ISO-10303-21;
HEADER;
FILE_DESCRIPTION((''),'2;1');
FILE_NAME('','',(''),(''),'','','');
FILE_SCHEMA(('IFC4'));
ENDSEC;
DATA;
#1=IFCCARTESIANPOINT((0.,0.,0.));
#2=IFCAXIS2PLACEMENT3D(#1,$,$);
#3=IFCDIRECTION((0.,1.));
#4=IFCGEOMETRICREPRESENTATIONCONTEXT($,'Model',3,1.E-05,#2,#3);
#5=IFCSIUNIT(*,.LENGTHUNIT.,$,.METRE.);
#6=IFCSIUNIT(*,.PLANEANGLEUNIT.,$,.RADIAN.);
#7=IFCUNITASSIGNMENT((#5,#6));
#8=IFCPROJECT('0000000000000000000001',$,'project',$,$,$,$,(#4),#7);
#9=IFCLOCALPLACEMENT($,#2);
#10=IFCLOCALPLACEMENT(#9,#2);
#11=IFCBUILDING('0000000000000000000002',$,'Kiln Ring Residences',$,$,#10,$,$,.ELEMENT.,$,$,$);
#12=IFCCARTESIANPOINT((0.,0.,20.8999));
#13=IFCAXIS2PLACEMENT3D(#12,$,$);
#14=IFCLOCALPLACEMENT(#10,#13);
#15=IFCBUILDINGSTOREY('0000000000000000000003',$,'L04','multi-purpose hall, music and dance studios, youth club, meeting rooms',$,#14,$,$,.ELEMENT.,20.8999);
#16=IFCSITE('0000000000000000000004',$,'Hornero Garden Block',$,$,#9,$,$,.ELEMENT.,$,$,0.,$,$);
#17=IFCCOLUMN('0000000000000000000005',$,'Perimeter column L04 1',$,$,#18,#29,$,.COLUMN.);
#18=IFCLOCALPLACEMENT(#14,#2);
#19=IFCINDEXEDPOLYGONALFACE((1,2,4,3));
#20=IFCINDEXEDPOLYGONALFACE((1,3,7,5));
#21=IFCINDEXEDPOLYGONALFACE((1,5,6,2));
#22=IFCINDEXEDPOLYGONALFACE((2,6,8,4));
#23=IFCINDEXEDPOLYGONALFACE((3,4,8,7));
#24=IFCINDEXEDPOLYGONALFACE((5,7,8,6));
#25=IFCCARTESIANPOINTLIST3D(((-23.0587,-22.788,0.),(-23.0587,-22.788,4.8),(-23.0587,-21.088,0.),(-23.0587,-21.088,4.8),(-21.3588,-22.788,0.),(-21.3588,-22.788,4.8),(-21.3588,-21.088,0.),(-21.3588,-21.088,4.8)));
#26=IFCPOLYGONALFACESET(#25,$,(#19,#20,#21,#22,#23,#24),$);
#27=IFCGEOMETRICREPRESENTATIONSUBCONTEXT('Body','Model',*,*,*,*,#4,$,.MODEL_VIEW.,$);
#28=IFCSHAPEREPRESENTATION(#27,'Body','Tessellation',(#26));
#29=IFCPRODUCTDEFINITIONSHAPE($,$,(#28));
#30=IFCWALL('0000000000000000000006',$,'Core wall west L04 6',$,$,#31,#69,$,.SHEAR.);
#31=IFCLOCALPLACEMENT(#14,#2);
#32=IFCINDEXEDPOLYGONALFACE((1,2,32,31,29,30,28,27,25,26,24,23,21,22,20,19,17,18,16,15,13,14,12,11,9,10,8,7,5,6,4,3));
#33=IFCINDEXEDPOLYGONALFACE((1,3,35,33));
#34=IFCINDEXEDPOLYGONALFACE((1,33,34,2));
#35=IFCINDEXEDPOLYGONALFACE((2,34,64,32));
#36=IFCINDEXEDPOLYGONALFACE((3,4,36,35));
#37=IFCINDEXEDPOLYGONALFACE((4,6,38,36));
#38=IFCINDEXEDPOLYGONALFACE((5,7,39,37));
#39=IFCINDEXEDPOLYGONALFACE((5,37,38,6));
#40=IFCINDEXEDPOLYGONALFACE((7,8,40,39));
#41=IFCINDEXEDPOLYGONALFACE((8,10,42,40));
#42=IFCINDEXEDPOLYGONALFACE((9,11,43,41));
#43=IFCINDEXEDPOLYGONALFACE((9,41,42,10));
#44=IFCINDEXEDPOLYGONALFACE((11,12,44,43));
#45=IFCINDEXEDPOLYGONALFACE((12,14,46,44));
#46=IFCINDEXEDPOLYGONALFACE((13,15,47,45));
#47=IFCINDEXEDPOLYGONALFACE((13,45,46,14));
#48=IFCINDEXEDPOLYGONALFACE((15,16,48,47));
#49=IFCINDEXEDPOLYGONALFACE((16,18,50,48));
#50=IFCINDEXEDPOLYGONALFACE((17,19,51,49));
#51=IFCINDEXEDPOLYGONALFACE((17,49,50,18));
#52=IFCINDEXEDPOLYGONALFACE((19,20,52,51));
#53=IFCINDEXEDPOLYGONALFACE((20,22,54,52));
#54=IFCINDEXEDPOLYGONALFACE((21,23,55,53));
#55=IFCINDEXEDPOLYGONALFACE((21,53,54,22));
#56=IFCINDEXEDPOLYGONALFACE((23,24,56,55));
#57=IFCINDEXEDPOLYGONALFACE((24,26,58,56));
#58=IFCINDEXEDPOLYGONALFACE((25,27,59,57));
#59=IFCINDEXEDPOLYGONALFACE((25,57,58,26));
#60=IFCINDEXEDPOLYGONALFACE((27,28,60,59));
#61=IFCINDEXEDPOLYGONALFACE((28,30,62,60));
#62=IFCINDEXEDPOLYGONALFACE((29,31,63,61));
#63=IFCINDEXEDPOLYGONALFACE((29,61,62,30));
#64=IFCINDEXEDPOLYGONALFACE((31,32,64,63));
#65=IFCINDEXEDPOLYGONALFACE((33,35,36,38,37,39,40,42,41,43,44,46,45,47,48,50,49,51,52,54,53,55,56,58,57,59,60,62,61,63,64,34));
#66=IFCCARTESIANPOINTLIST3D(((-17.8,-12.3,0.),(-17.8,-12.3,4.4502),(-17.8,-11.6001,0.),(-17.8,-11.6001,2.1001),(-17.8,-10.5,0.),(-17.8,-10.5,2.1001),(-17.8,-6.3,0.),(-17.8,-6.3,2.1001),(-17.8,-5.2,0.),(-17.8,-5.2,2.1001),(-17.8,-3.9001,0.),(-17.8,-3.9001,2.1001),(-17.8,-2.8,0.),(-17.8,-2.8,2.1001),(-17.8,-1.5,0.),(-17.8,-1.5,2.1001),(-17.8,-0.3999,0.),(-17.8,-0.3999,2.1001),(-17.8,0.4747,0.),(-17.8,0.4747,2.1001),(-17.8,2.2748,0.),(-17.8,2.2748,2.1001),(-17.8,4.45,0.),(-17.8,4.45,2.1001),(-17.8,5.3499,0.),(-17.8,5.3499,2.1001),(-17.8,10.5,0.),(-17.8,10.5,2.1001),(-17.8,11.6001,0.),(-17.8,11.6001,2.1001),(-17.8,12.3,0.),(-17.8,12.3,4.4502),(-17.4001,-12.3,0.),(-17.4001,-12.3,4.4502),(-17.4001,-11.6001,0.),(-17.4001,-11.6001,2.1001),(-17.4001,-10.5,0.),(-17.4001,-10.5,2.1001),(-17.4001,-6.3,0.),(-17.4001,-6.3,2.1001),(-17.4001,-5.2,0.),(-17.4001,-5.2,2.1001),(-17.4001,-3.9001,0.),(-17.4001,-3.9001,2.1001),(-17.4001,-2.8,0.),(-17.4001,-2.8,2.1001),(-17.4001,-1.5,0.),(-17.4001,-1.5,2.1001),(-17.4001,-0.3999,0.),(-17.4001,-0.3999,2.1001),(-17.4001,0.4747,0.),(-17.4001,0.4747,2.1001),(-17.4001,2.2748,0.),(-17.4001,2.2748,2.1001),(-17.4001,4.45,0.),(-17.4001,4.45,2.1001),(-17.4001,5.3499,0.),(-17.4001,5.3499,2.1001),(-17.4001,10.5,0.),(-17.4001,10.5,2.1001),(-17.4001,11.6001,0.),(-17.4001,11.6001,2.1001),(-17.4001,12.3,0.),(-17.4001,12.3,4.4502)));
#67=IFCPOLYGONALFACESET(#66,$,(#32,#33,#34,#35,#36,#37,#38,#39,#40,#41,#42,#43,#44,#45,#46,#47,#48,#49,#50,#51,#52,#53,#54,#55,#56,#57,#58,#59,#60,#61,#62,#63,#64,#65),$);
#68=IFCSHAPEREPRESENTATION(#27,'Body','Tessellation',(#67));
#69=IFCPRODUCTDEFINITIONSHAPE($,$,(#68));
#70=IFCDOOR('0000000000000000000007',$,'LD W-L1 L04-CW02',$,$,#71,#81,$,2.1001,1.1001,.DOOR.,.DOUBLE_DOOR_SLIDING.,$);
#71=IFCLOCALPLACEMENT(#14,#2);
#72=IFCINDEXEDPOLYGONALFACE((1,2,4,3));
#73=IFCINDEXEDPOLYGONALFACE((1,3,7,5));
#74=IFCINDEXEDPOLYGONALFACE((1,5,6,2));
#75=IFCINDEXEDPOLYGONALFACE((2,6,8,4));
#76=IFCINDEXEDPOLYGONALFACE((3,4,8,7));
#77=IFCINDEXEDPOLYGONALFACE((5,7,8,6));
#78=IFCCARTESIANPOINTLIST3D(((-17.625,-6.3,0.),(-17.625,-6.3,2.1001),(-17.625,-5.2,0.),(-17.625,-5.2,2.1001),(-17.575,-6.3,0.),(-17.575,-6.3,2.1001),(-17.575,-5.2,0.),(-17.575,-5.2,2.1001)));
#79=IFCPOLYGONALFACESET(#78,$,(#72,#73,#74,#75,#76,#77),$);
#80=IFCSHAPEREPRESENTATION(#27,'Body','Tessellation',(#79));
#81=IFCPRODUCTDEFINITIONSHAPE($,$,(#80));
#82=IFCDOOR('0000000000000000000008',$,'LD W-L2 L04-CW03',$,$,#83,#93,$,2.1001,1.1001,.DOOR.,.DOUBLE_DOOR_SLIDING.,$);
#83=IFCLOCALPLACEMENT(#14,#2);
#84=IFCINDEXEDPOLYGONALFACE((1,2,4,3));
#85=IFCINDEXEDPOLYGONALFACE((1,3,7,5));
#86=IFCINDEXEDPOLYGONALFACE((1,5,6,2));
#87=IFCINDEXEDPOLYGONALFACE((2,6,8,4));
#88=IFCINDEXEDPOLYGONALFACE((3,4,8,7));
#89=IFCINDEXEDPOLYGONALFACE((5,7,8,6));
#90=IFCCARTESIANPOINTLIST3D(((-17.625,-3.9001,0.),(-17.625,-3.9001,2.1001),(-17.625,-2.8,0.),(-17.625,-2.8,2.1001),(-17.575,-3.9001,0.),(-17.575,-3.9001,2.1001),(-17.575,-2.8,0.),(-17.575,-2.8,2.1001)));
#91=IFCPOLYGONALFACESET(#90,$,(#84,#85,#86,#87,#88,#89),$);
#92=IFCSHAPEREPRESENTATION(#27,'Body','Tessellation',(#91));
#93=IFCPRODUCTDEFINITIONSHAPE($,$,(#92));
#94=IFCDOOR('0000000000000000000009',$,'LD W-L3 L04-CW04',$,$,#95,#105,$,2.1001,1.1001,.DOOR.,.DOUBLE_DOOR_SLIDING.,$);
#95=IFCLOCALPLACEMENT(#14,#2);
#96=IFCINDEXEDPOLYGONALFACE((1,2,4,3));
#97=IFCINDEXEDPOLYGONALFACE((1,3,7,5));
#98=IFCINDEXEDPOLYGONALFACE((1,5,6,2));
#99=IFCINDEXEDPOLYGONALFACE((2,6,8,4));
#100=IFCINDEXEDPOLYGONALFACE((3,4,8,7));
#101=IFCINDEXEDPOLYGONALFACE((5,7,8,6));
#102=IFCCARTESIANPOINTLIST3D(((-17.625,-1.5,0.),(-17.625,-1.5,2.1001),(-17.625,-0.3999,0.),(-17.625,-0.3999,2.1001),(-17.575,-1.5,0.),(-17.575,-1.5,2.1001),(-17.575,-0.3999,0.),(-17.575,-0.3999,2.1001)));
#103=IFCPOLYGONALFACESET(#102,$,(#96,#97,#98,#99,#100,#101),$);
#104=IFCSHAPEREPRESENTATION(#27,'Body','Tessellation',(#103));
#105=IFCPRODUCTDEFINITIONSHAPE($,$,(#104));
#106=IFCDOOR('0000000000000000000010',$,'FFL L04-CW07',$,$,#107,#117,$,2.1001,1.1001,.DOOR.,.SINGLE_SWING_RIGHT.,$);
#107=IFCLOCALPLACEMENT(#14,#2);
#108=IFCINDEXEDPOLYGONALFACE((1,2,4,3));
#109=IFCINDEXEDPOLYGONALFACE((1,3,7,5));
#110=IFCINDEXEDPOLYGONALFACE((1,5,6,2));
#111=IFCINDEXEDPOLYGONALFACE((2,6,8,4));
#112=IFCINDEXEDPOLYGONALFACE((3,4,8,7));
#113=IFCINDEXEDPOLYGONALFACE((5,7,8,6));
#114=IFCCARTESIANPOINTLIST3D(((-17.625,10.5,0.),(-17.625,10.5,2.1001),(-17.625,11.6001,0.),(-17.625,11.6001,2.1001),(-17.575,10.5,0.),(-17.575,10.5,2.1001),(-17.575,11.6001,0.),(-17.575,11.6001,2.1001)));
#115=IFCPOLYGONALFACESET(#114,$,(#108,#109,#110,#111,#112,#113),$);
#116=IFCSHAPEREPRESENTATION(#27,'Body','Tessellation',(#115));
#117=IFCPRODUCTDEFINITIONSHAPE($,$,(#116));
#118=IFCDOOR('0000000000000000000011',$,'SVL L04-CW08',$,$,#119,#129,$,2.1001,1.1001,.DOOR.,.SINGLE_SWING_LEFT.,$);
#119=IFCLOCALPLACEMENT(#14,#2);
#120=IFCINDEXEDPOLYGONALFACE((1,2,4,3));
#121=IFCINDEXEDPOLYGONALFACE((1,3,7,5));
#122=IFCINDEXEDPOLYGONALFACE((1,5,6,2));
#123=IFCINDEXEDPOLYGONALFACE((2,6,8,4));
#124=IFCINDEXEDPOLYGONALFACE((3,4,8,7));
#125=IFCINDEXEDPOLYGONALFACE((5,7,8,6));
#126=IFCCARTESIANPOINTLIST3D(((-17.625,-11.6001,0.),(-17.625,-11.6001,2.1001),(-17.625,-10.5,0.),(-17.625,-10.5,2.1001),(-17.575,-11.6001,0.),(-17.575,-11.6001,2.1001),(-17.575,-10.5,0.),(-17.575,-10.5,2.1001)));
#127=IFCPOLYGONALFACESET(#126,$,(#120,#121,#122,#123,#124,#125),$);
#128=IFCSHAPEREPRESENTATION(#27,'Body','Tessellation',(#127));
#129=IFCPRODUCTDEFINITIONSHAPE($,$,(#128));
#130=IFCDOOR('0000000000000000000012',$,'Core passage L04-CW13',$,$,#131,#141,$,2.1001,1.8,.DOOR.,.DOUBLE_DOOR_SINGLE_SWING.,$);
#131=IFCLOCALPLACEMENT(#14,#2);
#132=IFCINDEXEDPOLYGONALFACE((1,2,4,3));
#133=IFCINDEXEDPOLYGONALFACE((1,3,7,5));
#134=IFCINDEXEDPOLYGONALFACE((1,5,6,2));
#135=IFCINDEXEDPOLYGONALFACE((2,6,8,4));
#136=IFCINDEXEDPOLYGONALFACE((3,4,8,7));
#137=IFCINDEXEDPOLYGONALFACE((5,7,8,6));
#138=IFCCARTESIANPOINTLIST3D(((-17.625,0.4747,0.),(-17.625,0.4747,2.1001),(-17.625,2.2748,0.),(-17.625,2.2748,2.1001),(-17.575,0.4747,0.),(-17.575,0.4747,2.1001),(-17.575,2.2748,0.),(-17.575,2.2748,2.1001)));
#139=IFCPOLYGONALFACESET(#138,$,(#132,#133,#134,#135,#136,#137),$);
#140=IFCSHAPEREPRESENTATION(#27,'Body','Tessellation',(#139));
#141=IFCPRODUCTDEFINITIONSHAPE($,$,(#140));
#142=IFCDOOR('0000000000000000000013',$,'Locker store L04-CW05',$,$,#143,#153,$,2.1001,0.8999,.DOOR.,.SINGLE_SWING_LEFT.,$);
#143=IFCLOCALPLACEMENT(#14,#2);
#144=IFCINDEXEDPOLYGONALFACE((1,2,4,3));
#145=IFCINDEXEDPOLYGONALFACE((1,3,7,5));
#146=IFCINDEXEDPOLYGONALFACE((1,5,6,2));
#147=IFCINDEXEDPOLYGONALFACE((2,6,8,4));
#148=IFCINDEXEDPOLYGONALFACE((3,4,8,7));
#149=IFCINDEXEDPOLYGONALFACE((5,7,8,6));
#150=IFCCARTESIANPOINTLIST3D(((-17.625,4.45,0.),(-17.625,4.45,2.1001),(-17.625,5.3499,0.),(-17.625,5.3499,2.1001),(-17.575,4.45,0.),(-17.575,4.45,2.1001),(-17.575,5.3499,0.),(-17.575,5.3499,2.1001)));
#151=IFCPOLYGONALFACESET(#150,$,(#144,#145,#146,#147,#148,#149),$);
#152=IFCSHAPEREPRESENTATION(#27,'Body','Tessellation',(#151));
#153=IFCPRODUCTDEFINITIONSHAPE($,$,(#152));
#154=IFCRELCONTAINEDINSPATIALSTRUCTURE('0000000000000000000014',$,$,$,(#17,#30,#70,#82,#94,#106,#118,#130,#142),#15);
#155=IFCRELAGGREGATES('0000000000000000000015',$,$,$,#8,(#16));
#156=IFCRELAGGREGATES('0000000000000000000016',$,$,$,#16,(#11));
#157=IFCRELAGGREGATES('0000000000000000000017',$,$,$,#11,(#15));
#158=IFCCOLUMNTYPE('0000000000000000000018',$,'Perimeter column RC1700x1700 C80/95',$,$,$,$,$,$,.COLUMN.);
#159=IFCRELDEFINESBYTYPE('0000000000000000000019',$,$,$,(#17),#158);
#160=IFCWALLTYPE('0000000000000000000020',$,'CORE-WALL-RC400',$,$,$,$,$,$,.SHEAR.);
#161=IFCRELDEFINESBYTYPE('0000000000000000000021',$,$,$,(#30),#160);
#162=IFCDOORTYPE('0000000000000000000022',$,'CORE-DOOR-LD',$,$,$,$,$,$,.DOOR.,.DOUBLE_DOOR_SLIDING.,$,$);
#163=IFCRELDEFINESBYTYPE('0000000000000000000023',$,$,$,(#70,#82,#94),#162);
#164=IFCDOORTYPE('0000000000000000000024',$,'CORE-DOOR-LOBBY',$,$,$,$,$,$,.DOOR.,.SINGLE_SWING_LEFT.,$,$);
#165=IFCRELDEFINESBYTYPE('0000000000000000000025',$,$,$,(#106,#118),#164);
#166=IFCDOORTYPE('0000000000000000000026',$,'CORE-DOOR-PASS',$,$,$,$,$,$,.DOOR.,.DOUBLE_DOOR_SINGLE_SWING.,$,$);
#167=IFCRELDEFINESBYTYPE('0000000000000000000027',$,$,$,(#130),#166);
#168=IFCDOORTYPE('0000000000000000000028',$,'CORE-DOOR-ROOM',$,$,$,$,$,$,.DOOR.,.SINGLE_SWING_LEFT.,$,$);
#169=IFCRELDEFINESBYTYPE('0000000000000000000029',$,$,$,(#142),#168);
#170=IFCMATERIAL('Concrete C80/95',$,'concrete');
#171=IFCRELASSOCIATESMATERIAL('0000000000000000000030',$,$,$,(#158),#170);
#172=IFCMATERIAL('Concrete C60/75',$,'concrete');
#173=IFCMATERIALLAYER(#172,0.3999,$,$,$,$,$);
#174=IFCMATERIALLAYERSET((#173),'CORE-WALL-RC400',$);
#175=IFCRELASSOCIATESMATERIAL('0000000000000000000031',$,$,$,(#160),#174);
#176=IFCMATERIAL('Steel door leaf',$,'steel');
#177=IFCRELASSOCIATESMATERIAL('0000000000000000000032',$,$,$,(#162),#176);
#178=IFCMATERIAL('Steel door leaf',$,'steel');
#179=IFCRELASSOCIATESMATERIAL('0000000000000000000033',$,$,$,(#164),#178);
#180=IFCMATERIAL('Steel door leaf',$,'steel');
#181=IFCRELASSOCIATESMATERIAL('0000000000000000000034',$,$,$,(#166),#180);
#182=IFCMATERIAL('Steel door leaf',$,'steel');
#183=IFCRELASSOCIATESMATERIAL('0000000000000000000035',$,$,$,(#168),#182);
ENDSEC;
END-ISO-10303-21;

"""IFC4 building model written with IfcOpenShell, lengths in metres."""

from ifc_helpers import new_model, si_unit, direction, frame, frame_2d, origin, origin_2d, place, context, subcontext, project, spatial, rectangle, extrude, material, layer, layer_set, material_profile, profile_set, type_object, element, fill, save


model = new_model("IFC4")

# Units and contexts
model_context = context("Model", 3, precision=1e-05, world=origin(), true_north=direction((0.0, 1.0)))
body_context = subcontext(model_context, "Body", "Model", "MODEL_VIEW")
ifc_project = project(units=[si_unit("LENGTHUNIT", "METRE"), si_unit("PLANEANGLEUNIT", "RADIAN")], contexts=[model_context])

# Site, building, storey
site_placement = place(None, origin())
site = spatial("IfcSite", under=ifc_project, at=site_placement, Name="Hornero Garden Block", CompositionType="ELEMENT", RefElevation=0.0)
building_placement = place(site_placement, origin())
building = spatial("IfcBuilding", under=site, at=building_placement, Name="Kiln Ring Residences", CompositionType="ELEMENT")
storey_placement = place(building_placement, frame((0.0, 0.0, 20.8999)))
storey = spatial("IfcBuildingStorey", under=building, at=storey_placement, Name="L04", Description="multi-purpose hall, music and dance studios, youth club, meeting rooms", CompositionType="ELEMENT", Elevation=20.8999)

# Column
ifc_material_1 = material(Name="Concrete C80/95", Category="concrete")
ifc_material_profile = material_profile(ifc_material_1, rectangle(XDim=1.7, YDim=1.7, at=origin_2d()), Name="RC1700x1700")
ifc_profile_set = profile_set([ifc_material_profile], Name="Concrete C80/95")
column_type = type_object("IfcColumnType", Name="Perimeter column RC1700x1700 C80/95", PredefinedType="COLUMN", material=ifc_profile_set)
column_placement = place(storey_placement, frame((-22.2087, -21.938, 0.0), z_axis=(0.0, 0.0, 1.0), x_axis=(1.0, 0.0, 0.0)))
element("IfcColumn", 1, at=column_placement, inside=storey, type_object=column_type, Name="Perimeter column L04 1", PredefinedType="COLUMN", context=body_context, shape_type="SweptSolid", body=[
    extrude(rectangle(XDim=1.7, YDim=1.7, at=origin_2d()), origin(), (0.0, 0.0, 1.0), 4.8),
])

# Wall, openings, doors
ifc_material_2 = material(Name="Concrete C60/75", Category="concrete")
ifc_layer_1 = layer(ifc_material_2, 0.3999)
ifc_layer_set_1 = layer_set([ifc_layer_1], Name="CORE-WALL-RC400")
wall_type_1 = type_object("IfcWallType", Name="CORE-WALL-RC400", PredefinedType="SHEAR", material=ifc_layer_set_1)
wall_1_placement = place(storey_placement, frame((-17.6001, -12.3, 0.0), z_axis=(0.0, 0.0, 1.0), x_axis=(0.0, 1.0, 0.0)))
wall_1 = element("IfcWall", 2, at=wall_1_placement, inside=storey, type_object=wall_type_1, Name="Core wall west L04 6", PredefinedType="SHEAR", context=body_context, shape_type="SweptSolid", body=[
    extrude(rectangle(XDim=24.6001, YDim=0.3999, at=frame_2d((12.3, 0.0))), origin(), (0.0, 0.0, 1.0), 4.4502),
])
opening_1_placement = place(wall_1_placement, frame((6.0, 0.0, 0.0)))
opening_1 = element("IfcOpeningElement", 3, at=opening_1_placement, cuts=wall_1, PredefinedType="OPENING", context=body_context, shape_type="SweptSolid", body=[
    extrude(rectangle(XDim=1.1001, YDim=2.1001, at=frame_2d((0.55, 1.05))), frame((0.0, 0.21, 0.0), z_axis=(0.0, -1.0, 0.0), x_axis=(1.0, 0.0, 0.0)), (0.0, 0.0, 1.0), 0.4199),
])
opening_2_placement = place(wall_1_placement, frame((8.3999, 0.0, 0.0)))
opening_2 = element("IfcOpeningElement", 4, at=opening_2_placement, cuts=wall_1, PredefinedType="OPENING", context=body_context, shape_type="SweptSolid", body=[
    extrude(rectangle(XDim=1.1001, YDim=2.1001, at=frame_2d((0.55, 1.05))), frame((0.0, 0.21, 0.0), z_axis=(0.0, -1.0, 0.0), x_axis=(1.0, 0.0, 0.0)), (0.0, 0.0, 1.0), 0.4199),
])
opening_3_placement = place(wall_1_placement, frame((10.8, 0.0, 0.0)))
opening_3 = element("IfcOpeningElement", 5, at=opening_3_placement, cuts=wall_1, PredefinedType="OPENING", context=body_context, shape_type="SweptSolid", body=[
    extrude(rectangle(XDim=1.1001, YDim=2.1001, at=frame_2d((0.55, 1.05))), frame((0.0, 0.21, 0.0), z_axis=(0.0, -1.0, 0.0), x_axis=(1.0, 0.0, 0.0)), (0.0, 0.0, 1.0), 0.4199),
])
opening_4_placement = place(wall_1_placement, frame((16.75, 0.0, 0.0)))
opening_4 = element("IfcOpeningElement", 6, at=opening_4_placement, cuts=wall_1, PredefinedType="OPENING", context=body_context, shape_type="SweptSolid", body=[
    extrude(rectangle(XDim=0.8999, YDim=2.1001, at=frame_2d((0.45, 1.05))), frame((0.0, 0.21, 0.0), z_axis=(0.0, -1.0, 0.0), x_axis=(1.0, 0.0, 0.0)), (0.0, 0.0, 1.0), 0.4199),
])
opening_5_placement = place(wall_1_placement, frame((22.8, 0.0, 0.0)))
opening_5 = element("IfcOpeningElement", 7, at=opening_5_placement, cuts=wall_1, PredefinedType="OPENING", context=body_context, shape_type="SweptSolid", body=[
    extrude(rectangle(XDim=1.1001, YDim=2.1001, at=frame_2d((0.55, 1.05))), frame((0.0, 0.21, 0.0), z_axis=(0.0, -1.0, 0.0), x_axis=(1.0, 0.0, 0.0)), (0.0, 0.0, 1.0), 0.4199),
])
opening_6_placement = place(wall_1_placement, frame((0.7, 0.0, 0.0)))
opening_6 = element("IfcOpeningElement", 8, at=opening_6_placement, cuts=wall_1, PredefinedType="OPENING", context=body_context, shape_type="SweptSolid", body=[
    extrude(rectangle(XDim=1.1001, YDim=2.1001, at=frame_2d((0.55, 1.05))), frame((0.0, 0.21, 0.0), z_axis=(0.0, -1.0, 0.0), x_axis=(1.0, 0.0, 0.0)), (0.0, 0.0, 1.0), 0.4199),
])
opening_7_placement = place(wall_1_placement, frame((12.7749, 0.0, 0.0)))
opening_7 = element("IfcOpeningElement", 9, at=opening_7_placement, cuts=wall_1, PredefinedType="OPENING", context=body_context, shape_type="SweptSolid", body=[
    extrude(rectangle(XDim=1.8, YDim=2.1001, at=frame_2d((0.8999, 1.05))), frame((0.0, 0.21, 0.0), z_axis=(0.0, -1.0, 0.0), x_axis=(1.0, 0.0, 0.0)), (0.0, 0.0, 1.0), 0.4199),
])
ifc_material_3 = material(Name="Steel door leaf", Category="steel")
door_type_1 = type_object("IfcDoorType", Name="CORE-DOOR-LD", OperationType="DOUBLE_DOOR_SLIDING", PredefinedType="DOOR", material=ifc_material_3)
door_1_placement = place(opening_1_placement, origin())
door_1 = element("IfcDoor", 10, at=door_1_placement, inside=storey, type_object=door_type_1, Name="LD W-L1 L04-CW02", OperationType="DOUBLE_DOOR_SLIDING", OverallHeight=2.1001, OverallWidth=1.1001, PredefinedType="DOOR", context=body_context, shape_type="SweptSolid", body=[
    extrude(rectangle(XDim=1.1001, YDim=2.1001, at=frame_2d((0.55, 1.05))), frame((0.0, 0.0249, 0.0), z_axis=(0.0, -1.0, 0.0), x_axis=(1.0, 0.0, 0.0)), (0.0, 0.0, 1.0), 0.05),
])
fill(opening_1, door_1)
door_2_placement = place(opening_2_placement, origin())
door_2 = element("IfcDoor", 11, at=door_2_placement, inside=storey, type_object=door_type_1, Name="LD W-L2 L04-CW03", OperationType="DOUBLE_DOOR_SLIDING", OverallHeight=2.1001, OverallWidth=1.1001, PredefinedType="DOOR", context=body_context, shape_type="SweptSolid", body=[
    extrude(rectangle(XDim=1.1001, YDim=2.1001, at=frame_2d((0.55, 1.05))), frame((0.0, 0.0249, 0.0), z_axis=(0.0, -1.0, 0.0), x_axis=(1.0, 0.0, 0.0)), (0.0, 0.0, 1.0), 0.05),
])
fill(opening_2, door_2)
door_3_placement = place(opening_3_placement, origin())
door_3 = element("IfcDoor", 12, at=door_3_placement, inside=storey, type_object=door_type_1, Name="LD W-L3 L04-CW04", OperationType="DOUBLE_DOOR_SLIDING", OverallHeight=2.1001, OverallWidth=1.1001, PredefinedType="DOOR", context=body_context, shape_type="SweptSolid", body=[
    extrude(rectangle(XDim=1.1001, YDim=2.1001, at=frame_2d((0.55, 1.05))), frame((0.0, 0.0249, 0.0), z_axis=(0.0, -1.0, 0.0), x_axis=(1.0, 0.0, 0.0)), (0.0, 0.0, 1.0), 0.05),
])
fill(opening_3, door_3)
ifc_material_4 = material(Name="Steel door leaf", Category="steel")
door_type_2 = type_object("IfcDoorType", Name="CORE-DOOR-LOBBY", OperationType="SINGLE_SWING_LEFT", PredefinedType="DOOR", material=ifc_material_4)
door_4_placement = place(opening_5_placement, origin())
door_4 = element("IfcDoor", 13, at=door_4_placement, inside=storey, type_object=door_type_2, Name="FFL L04-CW07", OperationType="SINGLE_SWING_RIGHT", OverallHeight=2.1001, OverallWidth=1.1001, PredefinedType="DOOR", context=body_context, shape_type="SweptSolid", body=[
    extrude(rectangle(XDim=1.1001, YDim=2.1001, at=frame_2d((0.55, 1.05))), frame((0.0, 0.0249, 0.0), z_axis=(0.0, -1.0, 0.0), x_axis=(1.0, 0.0, 0.0)), (0.0, 0.0, 1.0), 0.05),
])
fill(opening_5, door_4)
door_5_placement = place(opening_6_placement, origin())
door_5 = element("IfcDoor", 14, at=door_5_placement, inside=storey, type_object=door_type_2, Name="SVL L04-CW08", OperationType="SINGLE_SWING_LEFT", OverallHeight=2.1001, OverallWidth=1.1001, PredefinedType="DOOR", context=body_context, shape_type="SweptSolid", body=[
    extrude(rectangle(XDim=1.1001, YDim=2.1001, at=frame_2d((0.55, 1.05))), frame((0.0, 0.0249, 0.0), z_axis=(0.0, -1.0, 0.0), x_axis=(1.0, 0.0, 0.0)), (0.0, 0.0, 1.0), 0.05),
])
fill(opening_6, door_5)
ifc_material_5 = material(Name="Steel door leaf", Category="steel")
door_type_3 = type_object("IfcDoorType", Name="CORE-DOOR-PASS", OperationType="DOUBLE_DOOR_SINGLE_SWING", PredefinedType="DOOR", material=ifc_material_5)
door_6_placement = place(opening_7_placement, origin())
door_6 = element("IfcDoor", 15, at=door_6_placement, inside=storey, type_object=door_type_3, Name="Core passage L04-CW13", OperationType="DOUBLE_DOOR_SINGLE_SWING", OverallHeight=2.1001, OverallWidth=1.8, PredefinedType="DOOR", context=body_context, shape_type="SweptSolid", body=[
    extrude(rectangle(XDim=1.8, YDim=2.1001, at=frame_2d((0.8999, 1.05))), frame((0.0, 0.0249, 0.0), z_axis=(0.0, -1.0, 0.0), x_axis=(1.0, 0.0, 0.0)), (0.0, 0.0, 1.0), 0.05),
])
fill(opening_7, door_6)
ifc_material_6 = material(Name="Steel door leaf", Category="steel")
door_type_4 = type_object("IfcDoorType", Name="CORE-DOOR-ROOM", OperationType="SINGLE_SWING_LEFT", PredefinedType="DOOR", material=ifc_material_6)
door_7_placement = place(opening_4_placement, origin())
door_7 = element("IfcDoor", 16, at=door_7_placement, inside=storey, type_object=door_type_4, Name="Locker store L04-CW05", OperationType="SINGLE_SWING_LEFT", OverallHeight=2.1001, OverallWidth=0.8999, PredefinedType="DOOR", context=body_context, shape_type="SweptSolid", body=[
    extrude(rectangle(XDim=0.8999, YDim=2.1001, at=frame_2d((0.45, 1.05))), frame((0.0, 0.0249, 0.0), z_axis=(0.0, -1.0, 0.0), x_axis=(1.0, 0.0, 0.0)), (0.0, 0.0, 1.0), 0.05),
])
fill(opening_4, door_7)

save(model, "model.ifc")
